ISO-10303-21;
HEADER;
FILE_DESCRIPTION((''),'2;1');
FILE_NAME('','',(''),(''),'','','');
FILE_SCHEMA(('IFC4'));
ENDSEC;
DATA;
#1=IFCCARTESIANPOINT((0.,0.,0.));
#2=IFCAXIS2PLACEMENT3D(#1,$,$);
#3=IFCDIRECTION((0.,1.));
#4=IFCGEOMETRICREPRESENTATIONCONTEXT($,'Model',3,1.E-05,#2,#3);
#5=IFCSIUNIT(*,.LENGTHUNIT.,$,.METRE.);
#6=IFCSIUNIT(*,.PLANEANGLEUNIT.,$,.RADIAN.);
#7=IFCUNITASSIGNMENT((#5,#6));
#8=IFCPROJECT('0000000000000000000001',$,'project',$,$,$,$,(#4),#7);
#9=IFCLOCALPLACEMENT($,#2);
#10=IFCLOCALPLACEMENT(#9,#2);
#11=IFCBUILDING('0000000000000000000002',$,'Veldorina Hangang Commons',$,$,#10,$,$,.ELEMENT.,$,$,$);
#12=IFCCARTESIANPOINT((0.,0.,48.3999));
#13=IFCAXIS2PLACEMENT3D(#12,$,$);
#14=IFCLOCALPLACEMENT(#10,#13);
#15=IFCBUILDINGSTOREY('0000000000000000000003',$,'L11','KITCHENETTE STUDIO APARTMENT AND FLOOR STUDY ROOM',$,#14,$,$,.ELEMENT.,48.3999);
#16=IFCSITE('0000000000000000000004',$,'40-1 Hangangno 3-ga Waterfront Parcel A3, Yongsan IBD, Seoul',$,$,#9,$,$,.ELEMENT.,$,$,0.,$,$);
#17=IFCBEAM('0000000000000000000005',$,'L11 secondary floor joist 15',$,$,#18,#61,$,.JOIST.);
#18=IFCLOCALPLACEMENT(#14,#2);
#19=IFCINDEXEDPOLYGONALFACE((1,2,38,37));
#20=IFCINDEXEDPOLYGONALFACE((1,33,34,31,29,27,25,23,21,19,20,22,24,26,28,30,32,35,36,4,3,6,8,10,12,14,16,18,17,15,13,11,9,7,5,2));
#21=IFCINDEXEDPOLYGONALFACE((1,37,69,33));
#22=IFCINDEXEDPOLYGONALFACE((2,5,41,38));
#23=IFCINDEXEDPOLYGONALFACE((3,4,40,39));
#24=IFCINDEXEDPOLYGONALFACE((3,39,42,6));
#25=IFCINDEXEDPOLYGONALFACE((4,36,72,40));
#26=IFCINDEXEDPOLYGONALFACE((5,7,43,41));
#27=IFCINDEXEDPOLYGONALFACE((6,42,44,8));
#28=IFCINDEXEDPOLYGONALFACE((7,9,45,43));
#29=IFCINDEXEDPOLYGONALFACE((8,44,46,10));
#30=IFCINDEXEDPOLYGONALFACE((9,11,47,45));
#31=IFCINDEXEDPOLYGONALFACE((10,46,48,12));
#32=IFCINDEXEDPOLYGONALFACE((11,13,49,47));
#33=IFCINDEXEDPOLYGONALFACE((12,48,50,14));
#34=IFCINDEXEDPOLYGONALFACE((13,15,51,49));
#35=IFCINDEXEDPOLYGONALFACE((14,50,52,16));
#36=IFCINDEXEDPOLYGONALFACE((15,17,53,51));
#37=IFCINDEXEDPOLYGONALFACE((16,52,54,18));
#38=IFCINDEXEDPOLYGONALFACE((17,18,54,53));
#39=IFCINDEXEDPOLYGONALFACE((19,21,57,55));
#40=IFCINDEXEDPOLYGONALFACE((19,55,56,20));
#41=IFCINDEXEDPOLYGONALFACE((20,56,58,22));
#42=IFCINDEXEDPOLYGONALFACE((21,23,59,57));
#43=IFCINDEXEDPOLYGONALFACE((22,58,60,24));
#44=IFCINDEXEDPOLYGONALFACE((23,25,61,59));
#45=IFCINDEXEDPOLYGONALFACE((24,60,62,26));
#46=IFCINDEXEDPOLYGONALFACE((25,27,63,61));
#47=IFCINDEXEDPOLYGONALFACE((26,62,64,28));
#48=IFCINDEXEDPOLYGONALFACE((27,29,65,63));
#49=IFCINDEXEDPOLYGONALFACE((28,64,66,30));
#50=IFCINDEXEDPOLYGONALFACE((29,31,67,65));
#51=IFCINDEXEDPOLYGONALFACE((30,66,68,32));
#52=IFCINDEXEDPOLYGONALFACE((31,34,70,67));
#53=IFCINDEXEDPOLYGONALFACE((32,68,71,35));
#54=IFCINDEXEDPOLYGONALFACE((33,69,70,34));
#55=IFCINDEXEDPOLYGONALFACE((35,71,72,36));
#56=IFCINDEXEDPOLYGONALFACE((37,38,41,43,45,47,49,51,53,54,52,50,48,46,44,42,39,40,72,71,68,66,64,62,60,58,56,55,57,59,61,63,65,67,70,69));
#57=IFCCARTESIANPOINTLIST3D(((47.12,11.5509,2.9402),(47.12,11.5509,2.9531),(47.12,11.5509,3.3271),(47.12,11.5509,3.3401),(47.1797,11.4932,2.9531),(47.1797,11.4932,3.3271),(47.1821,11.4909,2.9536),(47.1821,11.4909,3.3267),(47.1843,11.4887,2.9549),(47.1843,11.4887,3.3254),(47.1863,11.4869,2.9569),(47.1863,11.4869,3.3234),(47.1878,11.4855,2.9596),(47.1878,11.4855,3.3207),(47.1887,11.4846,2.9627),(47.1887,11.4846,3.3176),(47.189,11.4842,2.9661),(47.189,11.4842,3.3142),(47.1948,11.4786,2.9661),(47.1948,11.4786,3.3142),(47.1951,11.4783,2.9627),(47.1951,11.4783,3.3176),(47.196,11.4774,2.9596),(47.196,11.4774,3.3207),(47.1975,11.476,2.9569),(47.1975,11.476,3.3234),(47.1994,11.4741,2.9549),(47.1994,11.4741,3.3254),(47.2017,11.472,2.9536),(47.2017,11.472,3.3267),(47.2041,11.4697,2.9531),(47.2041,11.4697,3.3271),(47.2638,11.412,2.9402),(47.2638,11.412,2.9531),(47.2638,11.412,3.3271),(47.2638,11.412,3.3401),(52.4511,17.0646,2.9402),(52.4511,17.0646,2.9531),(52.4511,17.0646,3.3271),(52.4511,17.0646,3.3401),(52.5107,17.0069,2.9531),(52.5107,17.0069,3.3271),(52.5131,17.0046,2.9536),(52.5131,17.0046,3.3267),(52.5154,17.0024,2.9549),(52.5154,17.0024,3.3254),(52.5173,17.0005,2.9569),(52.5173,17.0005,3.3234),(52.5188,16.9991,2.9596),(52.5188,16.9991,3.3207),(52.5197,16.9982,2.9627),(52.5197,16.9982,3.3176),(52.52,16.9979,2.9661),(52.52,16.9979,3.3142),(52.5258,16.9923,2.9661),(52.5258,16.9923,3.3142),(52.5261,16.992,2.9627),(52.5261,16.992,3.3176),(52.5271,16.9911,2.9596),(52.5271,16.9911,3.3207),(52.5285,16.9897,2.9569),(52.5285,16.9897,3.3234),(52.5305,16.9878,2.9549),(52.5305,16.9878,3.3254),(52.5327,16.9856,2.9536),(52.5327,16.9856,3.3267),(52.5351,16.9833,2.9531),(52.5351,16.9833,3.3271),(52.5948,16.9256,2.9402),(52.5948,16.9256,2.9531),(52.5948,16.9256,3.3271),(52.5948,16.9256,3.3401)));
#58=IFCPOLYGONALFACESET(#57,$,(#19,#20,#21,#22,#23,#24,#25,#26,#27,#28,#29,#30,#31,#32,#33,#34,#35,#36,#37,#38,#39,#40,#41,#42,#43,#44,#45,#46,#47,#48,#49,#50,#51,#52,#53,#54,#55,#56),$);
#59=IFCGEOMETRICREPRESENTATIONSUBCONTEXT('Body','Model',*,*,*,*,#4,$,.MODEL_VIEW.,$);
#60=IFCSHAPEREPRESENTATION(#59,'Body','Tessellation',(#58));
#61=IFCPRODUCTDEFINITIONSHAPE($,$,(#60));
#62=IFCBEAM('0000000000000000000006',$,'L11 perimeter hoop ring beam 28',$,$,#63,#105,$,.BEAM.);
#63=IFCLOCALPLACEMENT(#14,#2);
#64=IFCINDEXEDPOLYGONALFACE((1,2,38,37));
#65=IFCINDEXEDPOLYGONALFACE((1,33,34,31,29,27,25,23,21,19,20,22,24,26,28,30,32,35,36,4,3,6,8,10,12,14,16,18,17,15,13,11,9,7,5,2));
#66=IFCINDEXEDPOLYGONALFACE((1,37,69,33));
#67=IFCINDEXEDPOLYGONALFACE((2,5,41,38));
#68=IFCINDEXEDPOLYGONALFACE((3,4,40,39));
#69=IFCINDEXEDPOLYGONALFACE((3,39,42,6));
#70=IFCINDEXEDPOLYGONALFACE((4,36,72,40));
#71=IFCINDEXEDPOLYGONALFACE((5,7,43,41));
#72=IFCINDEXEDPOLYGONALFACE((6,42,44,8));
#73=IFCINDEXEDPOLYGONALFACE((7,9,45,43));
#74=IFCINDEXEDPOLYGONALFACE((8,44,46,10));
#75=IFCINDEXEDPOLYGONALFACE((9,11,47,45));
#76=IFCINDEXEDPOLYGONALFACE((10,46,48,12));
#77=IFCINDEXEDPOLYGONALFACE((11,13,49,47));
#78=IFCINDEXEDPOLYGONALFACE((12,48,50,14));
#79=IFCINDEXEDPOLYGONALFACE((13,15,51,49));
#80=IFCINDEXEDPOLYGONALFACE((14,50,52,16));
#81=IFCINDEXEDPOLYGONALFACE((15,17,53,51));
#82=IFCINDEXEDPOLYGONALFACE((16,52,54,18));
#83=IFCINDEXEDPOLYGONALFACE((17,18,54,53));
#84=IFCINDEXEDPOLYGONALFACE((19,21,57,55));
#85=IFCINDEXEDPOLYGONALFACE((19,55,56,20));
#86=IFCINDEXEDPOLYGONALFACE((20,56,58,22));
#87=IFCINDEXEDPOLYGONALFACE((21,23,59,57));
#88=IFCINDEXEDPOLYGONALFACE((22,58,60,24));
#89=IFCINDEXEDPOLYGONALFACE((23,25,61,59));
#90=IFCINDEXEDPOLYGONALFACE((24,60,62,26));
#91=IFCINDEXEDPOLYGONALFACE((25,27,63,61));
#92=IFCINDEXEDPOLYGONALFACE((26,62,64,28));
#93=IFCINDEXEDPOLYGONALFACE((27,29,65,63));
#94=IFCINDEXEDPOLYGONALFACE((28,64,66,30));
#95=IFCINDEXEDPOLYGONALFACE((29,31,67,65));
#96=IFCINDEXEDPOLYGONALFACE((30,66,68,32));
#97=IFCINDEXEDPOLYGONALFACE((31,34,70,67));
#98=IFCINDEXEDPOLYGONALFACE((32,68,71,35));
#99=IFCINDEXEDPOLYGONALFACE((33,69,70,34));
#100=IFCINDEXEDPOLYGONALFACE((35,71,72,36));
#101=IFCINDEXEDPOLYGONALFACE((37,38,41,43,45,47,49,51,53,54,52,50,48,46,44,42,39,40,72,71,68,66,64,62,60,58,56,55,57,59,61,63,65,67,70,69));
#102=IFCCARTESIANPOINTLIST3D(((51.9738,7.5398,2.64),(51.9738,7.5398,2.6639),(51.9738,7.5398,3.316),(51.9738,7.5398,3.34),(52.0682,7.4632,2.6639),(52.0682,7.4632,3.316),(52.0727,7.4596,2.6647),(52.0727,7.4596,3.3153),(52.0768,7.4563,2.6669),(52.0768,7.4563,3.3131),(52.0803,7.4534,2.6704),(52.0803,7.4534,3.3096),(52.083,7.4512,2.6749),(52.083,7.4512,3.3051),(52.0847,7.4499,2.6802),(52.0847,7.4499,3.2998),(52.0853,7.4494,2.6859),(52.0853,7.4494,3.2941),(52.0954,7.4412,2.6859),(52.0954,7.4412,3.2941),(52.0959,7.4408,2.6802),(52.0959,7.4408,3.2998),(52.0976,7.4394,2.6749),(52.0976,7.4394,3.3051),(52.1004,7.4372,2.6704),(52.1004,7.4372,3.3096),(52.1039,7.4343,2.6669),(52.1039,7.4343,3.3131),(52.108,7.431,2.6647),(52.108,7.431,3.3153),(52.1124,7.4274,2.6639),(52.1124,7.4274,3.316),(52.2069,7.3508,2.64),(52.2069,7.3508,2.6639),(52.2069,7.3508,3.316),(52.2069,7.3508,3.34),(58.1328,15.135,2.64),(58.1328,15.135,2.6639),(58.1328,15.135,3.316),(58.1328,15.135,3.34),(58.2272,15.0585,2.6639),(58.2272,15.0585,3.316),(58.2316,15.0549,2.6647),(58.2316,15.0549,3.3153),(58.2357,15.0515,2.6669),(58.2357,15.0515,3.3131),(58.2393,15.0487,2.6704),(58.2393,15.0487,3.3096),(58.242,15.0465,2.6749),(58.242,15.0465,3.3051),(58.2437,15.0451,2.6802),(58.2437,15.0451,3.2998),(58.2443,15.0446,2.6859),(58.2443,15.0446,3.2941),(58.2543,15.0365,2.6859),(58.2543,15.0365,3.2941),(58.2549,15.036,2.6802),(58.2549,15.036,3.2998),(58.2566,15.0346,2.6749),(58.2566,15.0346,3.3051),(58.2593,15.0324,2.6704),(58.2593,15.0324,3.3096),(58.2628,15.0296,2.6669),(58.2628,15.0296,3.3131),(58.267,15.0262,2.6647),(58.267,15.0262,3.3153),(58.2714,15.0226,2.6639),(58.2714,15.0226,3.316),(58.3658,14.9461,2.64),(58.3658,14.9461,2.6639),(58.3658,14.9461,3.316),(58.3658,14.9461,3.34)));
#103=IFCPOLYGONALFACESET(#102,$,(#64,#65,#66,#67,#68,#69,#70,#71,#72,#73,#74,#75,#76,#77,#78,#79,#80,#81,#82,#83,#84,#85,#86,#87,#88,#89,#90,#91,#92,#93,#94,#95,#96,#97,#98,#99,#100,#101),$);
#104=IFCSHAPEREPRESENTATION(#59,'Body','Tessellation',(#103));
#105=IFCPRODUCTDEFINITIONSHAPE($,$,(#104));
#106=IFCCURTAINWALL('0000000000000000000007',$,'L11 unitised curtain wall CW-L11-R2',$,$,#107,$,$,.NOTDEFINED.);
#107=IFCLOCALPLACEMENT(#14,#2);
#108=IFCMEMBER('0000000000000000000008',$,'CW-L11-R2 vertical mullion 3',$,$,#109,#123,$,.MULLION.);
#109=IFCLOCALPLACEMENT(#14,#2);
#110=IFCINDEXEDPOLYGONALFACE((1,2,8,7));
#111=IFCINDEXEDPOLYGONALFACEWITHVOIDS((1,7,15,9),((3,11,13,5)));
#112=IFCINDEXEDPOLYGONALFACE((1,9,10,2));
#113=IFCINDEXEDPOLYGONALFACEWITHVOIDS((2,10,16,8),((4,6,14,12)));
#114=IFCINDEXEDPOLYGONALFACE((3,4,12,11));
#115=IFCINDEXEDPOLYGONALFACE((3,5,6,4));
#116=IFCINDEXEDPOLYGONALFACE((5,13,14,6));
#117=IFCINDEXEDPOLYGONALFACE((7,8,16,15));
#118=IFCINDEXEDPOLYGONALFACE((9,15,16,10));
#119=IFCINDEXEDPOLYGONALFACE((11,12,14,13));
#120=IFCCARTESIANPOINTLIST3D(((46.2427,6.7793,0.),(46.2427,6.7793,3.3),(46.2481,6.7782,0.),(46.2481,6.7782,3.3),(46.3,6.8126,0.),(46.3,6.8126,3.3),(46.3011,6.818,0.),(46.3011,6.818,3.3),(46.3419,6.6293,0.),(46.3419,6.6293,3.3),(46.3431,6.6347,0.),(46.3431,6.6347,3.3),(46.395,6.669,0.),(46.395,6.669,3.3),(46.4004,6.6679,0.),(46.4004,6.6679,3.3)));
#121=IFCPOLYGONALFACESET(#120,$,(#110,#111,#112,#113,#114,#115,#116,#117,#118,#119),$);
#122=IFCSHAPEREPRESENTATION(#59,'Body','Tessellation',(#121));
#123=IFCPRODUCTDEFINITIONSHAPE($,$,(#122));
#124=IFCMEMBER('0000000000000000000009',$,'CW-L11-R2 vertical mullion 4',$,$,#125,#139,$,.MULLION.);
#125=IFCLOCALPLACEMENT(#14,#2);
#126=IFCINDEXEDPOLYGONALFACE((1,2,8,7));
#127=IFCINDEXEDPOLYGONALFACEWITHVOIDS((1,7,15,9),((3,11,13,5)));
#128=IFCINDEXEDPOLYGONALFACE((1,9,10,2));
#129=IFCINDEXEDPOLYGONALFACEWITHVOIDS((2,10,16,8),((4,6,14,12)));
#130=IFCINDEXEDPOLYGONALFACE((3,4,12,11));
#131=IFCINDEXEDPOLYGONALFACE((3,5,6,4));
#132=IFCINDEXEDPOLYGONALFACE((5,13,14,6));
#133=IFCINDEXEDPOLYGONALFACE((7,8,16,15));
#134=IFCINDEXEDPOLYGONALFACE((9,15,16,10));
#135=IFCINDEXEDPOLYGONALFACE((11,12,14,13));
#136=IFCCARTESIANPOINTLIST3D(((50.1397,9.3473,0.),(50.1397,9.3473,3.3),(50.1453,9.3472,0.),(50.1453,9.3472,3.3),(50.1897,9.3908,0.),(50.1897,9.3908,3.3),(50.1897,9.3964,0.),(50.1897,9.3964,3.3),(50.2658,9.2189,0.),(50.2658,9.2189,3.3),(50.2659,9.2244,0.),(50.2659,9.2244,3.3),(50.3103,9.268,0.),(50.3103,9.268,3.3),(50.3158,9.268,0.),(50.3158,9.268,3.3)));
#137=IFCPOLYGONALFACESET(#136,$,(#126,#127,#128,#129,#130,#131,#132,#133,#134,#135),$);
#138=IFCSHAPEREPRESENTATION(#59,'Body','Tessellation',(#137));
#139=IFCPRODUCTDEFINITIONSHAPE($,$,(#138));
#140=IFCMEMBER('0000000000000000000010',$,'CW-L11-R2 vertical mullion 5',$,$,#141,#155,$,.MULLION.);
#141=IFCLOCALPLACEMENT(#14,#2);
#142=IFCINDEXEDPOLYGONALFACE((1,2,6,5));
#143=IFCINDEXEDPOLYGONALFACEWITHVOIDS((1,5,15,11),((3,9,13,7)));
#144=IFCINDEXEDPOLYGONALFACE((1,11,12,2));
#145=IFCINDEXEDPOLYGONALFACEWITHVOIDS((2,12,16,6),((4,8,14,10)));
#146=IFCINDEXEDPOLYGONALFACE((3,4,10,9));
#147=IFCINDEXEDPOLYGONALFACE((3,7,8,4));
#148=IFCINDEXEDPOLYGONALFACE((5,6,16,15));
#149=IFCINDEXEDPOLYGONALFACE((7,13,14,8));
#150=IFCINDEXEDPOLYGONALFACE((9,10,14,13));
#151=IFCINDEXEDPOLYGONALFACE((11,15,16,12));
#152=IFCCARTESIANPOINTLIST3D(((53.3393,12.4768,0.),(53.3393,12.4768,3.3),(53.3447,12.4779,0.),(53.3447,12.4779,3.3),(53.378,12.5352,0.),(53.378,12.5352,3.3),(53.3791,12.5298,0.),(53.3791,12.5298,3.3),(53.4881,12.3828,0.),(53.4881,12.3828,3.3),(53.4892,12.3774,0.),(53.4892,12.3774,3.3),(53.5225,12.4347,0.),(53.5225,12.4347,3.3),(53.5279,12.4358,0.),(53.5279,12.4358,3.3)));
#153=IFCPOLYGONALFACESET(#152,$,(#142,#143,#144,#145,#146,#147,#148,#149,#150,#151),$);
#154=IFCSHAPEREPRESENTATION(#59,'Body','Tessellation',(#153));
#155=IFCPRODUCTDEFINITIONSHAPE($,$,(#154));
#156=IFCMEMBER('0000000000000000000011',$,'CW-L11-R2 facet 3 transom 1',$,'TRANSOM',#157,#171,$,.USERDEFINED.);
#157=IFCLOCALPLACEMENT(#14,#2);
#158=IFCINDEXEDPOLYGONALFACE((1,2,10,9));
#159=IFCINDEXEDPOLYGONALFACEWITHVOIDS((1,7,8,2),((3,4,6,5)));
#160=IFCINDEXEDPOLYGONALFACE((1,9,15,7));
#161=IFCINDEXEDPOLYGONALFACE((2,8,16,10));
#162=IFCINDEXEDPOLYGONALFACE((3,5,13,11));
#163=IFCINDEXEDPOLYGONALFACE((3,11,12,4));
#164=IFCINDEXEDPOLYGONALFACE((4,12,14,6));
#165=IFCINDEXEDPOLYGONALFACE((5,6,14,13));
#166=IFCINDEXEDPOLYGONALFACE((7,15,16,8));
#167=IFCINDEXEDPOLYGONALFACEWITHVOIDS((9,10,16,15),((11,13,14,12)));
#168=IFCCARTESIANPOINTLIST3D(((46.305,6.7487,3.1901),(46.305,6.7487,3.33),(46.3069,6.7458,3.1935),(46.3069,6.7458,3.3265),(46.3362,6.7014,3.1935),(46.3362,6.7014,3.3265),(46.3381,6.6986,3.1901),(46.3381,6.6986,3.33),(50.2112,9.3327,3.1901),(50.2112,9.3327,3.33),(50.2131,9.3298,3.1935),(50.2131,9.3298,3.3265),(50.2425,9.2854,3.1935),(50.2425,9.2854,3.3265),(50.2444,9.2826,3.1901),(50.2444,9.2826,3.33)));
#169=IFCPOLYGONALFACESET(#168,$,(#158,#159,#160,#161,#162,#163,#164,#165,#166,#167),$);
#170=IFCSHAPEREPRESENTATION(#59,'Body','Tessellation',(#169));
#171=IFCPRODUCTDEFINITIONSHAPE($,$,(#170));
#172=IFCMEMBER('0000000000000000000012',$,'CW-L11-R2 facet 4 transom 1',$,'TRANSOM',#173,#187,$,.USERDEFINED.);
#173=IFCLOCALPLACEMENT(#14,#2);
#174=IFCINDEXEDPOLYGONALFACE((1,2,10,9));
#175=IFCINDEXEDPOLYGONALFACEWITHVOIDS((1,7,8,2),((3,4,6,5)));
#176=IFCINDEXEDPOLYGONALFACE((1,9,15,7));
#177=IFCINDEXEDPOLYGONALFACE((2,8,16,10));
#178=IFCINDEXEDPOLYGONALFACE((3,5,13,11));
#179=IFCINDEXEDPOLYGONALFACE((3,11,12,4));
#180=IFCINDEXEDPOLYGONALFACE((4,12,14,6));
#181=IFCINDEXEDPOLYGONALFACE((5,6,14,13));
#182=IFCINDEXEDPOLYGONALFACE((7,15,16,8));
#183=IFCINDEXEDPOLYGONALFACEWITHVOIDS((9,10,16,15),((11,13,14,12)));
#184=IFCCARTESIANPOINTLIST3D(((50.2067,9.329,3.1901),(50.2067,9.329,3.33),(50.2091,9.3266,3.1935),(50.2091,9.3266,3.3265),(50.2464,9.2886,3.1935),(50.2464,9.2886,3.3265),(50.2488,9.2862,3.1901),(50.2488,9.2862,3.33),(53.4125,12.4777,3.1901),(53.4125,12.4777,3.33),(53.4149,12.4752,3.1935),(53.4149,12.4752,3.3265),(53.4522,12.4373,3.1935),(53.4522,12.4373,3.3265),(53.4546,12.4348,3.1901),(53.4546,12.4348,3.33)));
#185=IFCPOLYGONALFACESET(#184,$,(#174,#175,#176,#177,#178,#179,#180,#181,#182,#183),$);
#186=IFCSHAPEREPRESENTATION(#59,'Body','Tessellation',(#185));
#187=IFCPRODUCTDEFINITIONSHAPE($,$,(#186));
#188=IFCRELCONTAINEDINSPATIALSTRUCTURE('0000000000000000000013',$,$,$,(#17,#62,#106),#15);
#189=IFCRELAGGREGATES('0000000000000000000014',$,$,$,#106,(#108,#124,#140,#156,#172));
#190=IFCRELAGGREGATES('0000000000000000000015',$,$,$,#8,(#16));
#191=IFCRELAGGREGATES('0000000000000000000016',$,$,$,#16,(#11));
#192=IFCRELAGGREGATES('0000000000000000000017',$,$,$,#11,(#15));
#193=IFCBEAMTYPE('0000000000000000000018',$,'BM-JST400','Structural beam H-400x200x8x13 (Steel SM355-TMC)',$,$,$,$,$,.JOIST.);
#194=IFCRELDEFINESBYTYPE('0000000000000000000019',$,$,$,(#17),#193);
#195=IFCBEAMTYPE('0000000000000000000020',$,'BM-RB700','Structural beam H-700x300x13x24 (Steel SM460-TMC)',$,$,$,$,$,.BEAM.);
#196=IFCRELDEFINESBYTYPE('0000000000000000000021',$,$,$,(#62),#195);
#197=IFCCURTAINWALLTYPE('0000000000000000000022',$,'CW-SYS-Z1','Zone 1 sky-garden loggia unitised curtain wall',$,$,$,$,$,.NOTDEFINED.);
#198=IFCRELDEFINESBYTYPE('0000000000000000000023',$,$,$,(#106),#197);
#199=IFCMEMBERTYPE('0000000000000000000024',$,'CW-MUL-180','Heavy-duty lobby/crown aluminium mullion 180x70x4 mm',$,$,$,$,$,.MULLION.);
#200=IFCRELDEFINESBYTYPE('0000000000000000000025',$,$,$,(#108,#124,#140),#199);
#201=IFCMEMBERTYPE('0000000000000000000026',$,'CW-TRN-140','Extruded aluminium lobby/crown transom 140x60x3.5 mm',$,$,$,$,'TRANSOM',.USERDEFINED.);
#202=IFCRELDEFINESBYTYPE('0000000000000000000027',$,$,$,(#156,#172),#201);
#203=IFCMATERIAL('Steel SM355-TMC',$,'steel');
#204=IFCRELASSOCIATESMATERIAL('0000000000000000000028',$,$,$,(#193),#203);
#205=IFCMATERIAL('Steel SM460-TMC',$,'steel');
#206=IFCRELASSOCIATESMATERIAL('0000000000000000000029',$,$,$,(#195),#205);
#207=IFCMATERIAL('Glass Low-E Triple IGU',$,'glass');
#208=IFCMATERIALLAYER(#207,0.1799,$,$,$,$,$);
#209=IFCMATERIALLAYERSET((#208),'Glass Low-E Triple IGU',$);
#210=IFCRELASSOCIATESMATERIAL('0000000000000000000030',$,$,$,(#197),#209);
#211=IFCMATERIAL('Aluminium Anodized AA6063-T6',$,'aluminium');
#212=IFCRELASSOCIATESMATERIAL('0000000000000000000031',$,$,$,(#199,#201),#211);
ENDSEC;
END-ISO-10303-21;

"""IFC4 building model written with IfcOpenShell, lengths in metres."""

from ifc_helpers import new_model, si_unit, direction, frame, origin, origin_2d, place, context, subcontext, project, spatial, hollow_rectangle, i_section, extrude, material, layer, layer_set, material_profile, profile_set, type_object, element, aggregate, save


model = new_model("IFC4")

# Units and contexts
model_context = context("Model", 3, precision=1e-05, world=origin(), true_north=direction((0.0, 1.0)))
body_context = subcontext(model_context, "Body", "Model", "MODEL_VIEW")
ifc_project = project(units=[si_unit("LENGTHUNIT", "METRE"), si_unit("PLANEANGLEUNIT", "RADIAN")], contexts=[model_context])

# Site, building, storey
site_placement = place(None, origin())
site = spatial("IfcSite", under=ifc_project, at=site_placement, Name="40-1 Hangangno 3-ga Waterfront Parcel A3, Yongsan IBD, Seoul", CompositionType="ELEMENT", RefElevation=0.0)
building_placement = place(site_placement, origin())
building = spatial("IfcBuilding", under=site, at=building_placement, Name="Veldorina Hangang Commons", CompositionType="ELEMENT")
storey_placement = place(building_placement, frame((0.0, 0.0, 48.3999)))
storey = spatial("IfcBuildingStorey", under=building, at=storey_placement, Name="L11", Description="KITCHENETTE STUDIO APARTMENT AND FLOOR STUDY ROOM", CompositionType="ELEMENT", Elevation=48.3999)

# Beams
ifc_material_1 = material(Name="Steel SM355-TMC", Category="steel")
ifc_material_profile_1 = material_profile(ifc_material_1, i_section(OverallWidth=0.2, OverallDepth=0.3999, WebThickness=0.0081, FlangeThickness=0.0129, FilletRadius=0.0129, at=origin_2d()), Name="H-400x200x8x13")
ifc_profile_set_1 = profile_set([ifc_material_profile_1], Name="Steel SM355-TMC")
beam_type_1 = type_object("IfcBeamType", Name="BM-JST400", Description="Structural beam H-400x200x8x13 (Steel SM355-TMC)", PredefinedType="JOIST", material=ifc_profile_set_1)
beam_1_placement = place(storey_placement, frame((47.1919, 11.4814, 3.1401), z_axis=(0.695101, 0.718912, 0.0), x_axis=(-0.718912, 0.695101, 0.0)))
element("IfcBeam", 1, at=beam_1_placement, inside=storey, type_object=beam_type_1, Name="L11 secondary floor joist 15", PredefinedType="JOIST", context=body_context, shape_type="SweptSolid", body=[
    extrude(i_section(OverallWidth=0.2, OverallDepth=0.3999, WebThickness=0.0081, FlangeThickness=0.0129, FilletRadius=0.0129, at=origin_2d()), origin(), (0.0, 0.0, 1.0), 7.6694),
])
ifc_material_2 = material(Name="Steel SM460-TMC", Category="steel")
ifc_material_profile_2 = material_profile(ifc_material_2, i_section(OverallWidth=0.3, OverallDepth=0.7, WebThickness=0.0129, FlangeThickness=0.0239, FilletRadius=0.022, at=origin_2d()), Name="H-700x300x13x24")
ifc_profile_set_2 = profile_set([ifc_material_profile_2], Name="Steel SM460-TMC")
beam_type_2 = type_object("IfcBeamType", Name="BM-RB700", Description="Structural beam H-700x300x13x24 (Steel SM460-TMC)", PredefinedType="BEAM", material=ifc_profile_set_2)
beam_2_placement = place(storey_placement, frame((52.0903, 7.4453, 2.99), z_axis=(0.629842, 0.776723, 0.0), x_axis=(-0.776723, 0.629842, 0.0)))
element("IfcBeam", 2, at=beam_2_placement, inside=storey, type_object=beam_type_2, Name="L11 perimeter hoop ring beam 28", PredefinedType="BEAM", context=body_context, shape_type="SweptSolid", body=[
    extrude(i_section(OverallWidth=0.3, OverallDepth=0.7, WebThickness=0.0129, FlangeThickness=0.0239, FilletRadius=0.022, at=origin_2d()), origin(), (0.0, 0.0, 1.0), 9.7786),
])

# Curtain wall, members
ifc_material_3 = material(Name="Glass Low-E Triple IGU", Category="glass")
ifc_layer_1 = layer(ifc_material_3, 0.1799)
ifc_layer_set_1 = layer_set([ifc_layer_1], Name="Glass Low-E Triple IGU")
curtain_wall_type = type_object("IfcCurtainWallType", Name="CW-SYS-Z1", Description="Zone 1 sky-garden loggia unitised curtain wall", PredefinedType="NOTDEFINED", material=ifc_layer_set_1)
curtain_wall_placement = place(storey_placement, origin())
curtain_wall = element("IfcCurtainWall", 3, at=curtain_wall_placement, inside=storey, type_object=curtain_wall_type, Name="L11 unitised curtain wall CW-L11-R2", PredefinedType="NOTDEFINED")
ifc_material_4 = material(Name="Aluminium Anodized AA6063-T6", Category="aluminium")
ifc_material_profile_3 = material_profile(ifc_material_4, hollow_rectangle(XDim=0.0701, YDim=0.1799, WallThickness=0.0039, at=origin_2d()), Name="ALU-RHS-180x70x4")
ifc_profile_set_3 = profile_set([ifc_material_profile_3], Name="Aluminium Anodized AA6063-T6")
member_type_1 = type_object("IfcMemberType", Name="CW-MUL-180", Description="Heavy-duty lobby/crown aluminium mullion 180x70x4 mm", PredefinedType="MULLION", material=ifc_profile_set_3)
member_1_placement = place(storey_placement, frame((46.3215, 6.7236, 0.0), z_axis=(0.0, 0.0, 1.0), x_axis=(0.83404, 0.551704, 0.0)))
member_1 = element("IfcMember", 4, at=member_1_placement, type_object=member_type_1, Name="CW-L11-R2 vertical mullion 3", PredefinedType="MULLION", context=body_context, shape_type="SweptSolid", body=[
    extrude(hollow_rectangle(XDim=0.0701, YDim=0.1799, WallThickness=0.0039, at=origin_2d()), origin(), (0.0, 0.0, 1.0), 3.3),
])
member_2_placement = place(storey_placement, frame((50.2278, 9.3076, 0.0), z_axis=(0.0, 0.0, 1.0), x_axis=(0.713434, 0.700723, 0.0)))
member_2 = element("IfcMember", 5, at=member_2_placement, type_object=member_type_1, Name="CW-L11-R2 vertical mullion 4", PredefinedType="MULLION", context=body_context, shape_type="SweptSolid", body=[
    extrude(hollow_rectangle(XDim=0.0701, YDim=0.1799, WallThickness=0.0039, at=origin_2d()), origin(), (0.0, 0.0, 1.0), 3.3),
])
member_3_placement = place(storey_placement, frame((53.4336, 12.4563, 0.0), z_axis=(0.0, 0.0, 1.0), x_axis=(0.552679, 0.833394, 0.0)))
member_3 = element("IfcMember", 6, at=member_3_placement, type_object=member_type_1, Name="CW-L11-R2 vertical mullion 5", PredefinedType="MULLION", context=body_context, shape_type="SweptSolid", body=[
    extrude(hollow_rectangle(XDim=0.0701, YDim=0.1799, WallThickness=0.0039, at=origin_2d()), origin(), (0.0, 0.0, 1.0), 3.3),
])
ifc_material_profile_4 = material_profile(ifc_material_4, hollow_rectangle(XDim=0.0601, YDim=0.1399, WallThickness=0.0034, at=origin_2d()), Name="ALU-RHS-140x60x3.5")
ifc_profile_set_4 = profile_set([ifc_material_profile_4], Name="Aluminium Anodized AA6063-T6")
member_type_2 = type_object("IfcMemberType", Name="CW-TRN-140", Description="Extruded aluminium lobby/crown transom 140x60x3.5 mm", ElementType="TRANSOM", PredefinedType="USERDEFINED", material=ifc_profile_set_4)
member_4_placement = place(storey_placement, frame((46.3215, 6.7236, 3.26), z_axis=(0.834034, 0.551713, 0.0), x_axis=(-0.551713, 0.834034, 0.0)))
member_4 = element("IfcMember", 7, at=member_4_placement, type_object=member_type_2, Name="CW-L11-R2 facet 3 transom 1", ObjectType="TRANSOM", PredefinedType="USERDEFINED", context=body_context, shape_type="SweptSolid", body=[
    extrude(hollow_rectangle(XDim=0.0601, YDim=0.1399, WallThickness=0.0034, at=origin_2d()), origin(), (0.0, 0.0, 1.0), 4.6836),
])
member_5_placement = place(storey_placement, frame((50.2278, 9.3076, 3.26), z_axis=(0.713435, 0.700721, 0.0), x_axis=(-0.700721, 0.713435, 0.0)))
member_5 = element("IfcMember", 8, at=member_5_placement, type_object=member_type_2, Name="CW-L11-R2 facet 4 transom 1", ObjectType="TRANSOM", PredefinedType="USERDEFINED", context=body_context, shape_type="SweptSolid", body=[
    extrude(hollow_rectangle(XDim=0.0601, YDim=0.1399, WallThickness=0.0034, at=origin_2d()), origin(), (0.0, 0.0, 1.0), 4.4934),
])

aggregate(curtain_wall, [member_1, member_2, member_3, member_4, member_5])

save(model, "model.ifc")
